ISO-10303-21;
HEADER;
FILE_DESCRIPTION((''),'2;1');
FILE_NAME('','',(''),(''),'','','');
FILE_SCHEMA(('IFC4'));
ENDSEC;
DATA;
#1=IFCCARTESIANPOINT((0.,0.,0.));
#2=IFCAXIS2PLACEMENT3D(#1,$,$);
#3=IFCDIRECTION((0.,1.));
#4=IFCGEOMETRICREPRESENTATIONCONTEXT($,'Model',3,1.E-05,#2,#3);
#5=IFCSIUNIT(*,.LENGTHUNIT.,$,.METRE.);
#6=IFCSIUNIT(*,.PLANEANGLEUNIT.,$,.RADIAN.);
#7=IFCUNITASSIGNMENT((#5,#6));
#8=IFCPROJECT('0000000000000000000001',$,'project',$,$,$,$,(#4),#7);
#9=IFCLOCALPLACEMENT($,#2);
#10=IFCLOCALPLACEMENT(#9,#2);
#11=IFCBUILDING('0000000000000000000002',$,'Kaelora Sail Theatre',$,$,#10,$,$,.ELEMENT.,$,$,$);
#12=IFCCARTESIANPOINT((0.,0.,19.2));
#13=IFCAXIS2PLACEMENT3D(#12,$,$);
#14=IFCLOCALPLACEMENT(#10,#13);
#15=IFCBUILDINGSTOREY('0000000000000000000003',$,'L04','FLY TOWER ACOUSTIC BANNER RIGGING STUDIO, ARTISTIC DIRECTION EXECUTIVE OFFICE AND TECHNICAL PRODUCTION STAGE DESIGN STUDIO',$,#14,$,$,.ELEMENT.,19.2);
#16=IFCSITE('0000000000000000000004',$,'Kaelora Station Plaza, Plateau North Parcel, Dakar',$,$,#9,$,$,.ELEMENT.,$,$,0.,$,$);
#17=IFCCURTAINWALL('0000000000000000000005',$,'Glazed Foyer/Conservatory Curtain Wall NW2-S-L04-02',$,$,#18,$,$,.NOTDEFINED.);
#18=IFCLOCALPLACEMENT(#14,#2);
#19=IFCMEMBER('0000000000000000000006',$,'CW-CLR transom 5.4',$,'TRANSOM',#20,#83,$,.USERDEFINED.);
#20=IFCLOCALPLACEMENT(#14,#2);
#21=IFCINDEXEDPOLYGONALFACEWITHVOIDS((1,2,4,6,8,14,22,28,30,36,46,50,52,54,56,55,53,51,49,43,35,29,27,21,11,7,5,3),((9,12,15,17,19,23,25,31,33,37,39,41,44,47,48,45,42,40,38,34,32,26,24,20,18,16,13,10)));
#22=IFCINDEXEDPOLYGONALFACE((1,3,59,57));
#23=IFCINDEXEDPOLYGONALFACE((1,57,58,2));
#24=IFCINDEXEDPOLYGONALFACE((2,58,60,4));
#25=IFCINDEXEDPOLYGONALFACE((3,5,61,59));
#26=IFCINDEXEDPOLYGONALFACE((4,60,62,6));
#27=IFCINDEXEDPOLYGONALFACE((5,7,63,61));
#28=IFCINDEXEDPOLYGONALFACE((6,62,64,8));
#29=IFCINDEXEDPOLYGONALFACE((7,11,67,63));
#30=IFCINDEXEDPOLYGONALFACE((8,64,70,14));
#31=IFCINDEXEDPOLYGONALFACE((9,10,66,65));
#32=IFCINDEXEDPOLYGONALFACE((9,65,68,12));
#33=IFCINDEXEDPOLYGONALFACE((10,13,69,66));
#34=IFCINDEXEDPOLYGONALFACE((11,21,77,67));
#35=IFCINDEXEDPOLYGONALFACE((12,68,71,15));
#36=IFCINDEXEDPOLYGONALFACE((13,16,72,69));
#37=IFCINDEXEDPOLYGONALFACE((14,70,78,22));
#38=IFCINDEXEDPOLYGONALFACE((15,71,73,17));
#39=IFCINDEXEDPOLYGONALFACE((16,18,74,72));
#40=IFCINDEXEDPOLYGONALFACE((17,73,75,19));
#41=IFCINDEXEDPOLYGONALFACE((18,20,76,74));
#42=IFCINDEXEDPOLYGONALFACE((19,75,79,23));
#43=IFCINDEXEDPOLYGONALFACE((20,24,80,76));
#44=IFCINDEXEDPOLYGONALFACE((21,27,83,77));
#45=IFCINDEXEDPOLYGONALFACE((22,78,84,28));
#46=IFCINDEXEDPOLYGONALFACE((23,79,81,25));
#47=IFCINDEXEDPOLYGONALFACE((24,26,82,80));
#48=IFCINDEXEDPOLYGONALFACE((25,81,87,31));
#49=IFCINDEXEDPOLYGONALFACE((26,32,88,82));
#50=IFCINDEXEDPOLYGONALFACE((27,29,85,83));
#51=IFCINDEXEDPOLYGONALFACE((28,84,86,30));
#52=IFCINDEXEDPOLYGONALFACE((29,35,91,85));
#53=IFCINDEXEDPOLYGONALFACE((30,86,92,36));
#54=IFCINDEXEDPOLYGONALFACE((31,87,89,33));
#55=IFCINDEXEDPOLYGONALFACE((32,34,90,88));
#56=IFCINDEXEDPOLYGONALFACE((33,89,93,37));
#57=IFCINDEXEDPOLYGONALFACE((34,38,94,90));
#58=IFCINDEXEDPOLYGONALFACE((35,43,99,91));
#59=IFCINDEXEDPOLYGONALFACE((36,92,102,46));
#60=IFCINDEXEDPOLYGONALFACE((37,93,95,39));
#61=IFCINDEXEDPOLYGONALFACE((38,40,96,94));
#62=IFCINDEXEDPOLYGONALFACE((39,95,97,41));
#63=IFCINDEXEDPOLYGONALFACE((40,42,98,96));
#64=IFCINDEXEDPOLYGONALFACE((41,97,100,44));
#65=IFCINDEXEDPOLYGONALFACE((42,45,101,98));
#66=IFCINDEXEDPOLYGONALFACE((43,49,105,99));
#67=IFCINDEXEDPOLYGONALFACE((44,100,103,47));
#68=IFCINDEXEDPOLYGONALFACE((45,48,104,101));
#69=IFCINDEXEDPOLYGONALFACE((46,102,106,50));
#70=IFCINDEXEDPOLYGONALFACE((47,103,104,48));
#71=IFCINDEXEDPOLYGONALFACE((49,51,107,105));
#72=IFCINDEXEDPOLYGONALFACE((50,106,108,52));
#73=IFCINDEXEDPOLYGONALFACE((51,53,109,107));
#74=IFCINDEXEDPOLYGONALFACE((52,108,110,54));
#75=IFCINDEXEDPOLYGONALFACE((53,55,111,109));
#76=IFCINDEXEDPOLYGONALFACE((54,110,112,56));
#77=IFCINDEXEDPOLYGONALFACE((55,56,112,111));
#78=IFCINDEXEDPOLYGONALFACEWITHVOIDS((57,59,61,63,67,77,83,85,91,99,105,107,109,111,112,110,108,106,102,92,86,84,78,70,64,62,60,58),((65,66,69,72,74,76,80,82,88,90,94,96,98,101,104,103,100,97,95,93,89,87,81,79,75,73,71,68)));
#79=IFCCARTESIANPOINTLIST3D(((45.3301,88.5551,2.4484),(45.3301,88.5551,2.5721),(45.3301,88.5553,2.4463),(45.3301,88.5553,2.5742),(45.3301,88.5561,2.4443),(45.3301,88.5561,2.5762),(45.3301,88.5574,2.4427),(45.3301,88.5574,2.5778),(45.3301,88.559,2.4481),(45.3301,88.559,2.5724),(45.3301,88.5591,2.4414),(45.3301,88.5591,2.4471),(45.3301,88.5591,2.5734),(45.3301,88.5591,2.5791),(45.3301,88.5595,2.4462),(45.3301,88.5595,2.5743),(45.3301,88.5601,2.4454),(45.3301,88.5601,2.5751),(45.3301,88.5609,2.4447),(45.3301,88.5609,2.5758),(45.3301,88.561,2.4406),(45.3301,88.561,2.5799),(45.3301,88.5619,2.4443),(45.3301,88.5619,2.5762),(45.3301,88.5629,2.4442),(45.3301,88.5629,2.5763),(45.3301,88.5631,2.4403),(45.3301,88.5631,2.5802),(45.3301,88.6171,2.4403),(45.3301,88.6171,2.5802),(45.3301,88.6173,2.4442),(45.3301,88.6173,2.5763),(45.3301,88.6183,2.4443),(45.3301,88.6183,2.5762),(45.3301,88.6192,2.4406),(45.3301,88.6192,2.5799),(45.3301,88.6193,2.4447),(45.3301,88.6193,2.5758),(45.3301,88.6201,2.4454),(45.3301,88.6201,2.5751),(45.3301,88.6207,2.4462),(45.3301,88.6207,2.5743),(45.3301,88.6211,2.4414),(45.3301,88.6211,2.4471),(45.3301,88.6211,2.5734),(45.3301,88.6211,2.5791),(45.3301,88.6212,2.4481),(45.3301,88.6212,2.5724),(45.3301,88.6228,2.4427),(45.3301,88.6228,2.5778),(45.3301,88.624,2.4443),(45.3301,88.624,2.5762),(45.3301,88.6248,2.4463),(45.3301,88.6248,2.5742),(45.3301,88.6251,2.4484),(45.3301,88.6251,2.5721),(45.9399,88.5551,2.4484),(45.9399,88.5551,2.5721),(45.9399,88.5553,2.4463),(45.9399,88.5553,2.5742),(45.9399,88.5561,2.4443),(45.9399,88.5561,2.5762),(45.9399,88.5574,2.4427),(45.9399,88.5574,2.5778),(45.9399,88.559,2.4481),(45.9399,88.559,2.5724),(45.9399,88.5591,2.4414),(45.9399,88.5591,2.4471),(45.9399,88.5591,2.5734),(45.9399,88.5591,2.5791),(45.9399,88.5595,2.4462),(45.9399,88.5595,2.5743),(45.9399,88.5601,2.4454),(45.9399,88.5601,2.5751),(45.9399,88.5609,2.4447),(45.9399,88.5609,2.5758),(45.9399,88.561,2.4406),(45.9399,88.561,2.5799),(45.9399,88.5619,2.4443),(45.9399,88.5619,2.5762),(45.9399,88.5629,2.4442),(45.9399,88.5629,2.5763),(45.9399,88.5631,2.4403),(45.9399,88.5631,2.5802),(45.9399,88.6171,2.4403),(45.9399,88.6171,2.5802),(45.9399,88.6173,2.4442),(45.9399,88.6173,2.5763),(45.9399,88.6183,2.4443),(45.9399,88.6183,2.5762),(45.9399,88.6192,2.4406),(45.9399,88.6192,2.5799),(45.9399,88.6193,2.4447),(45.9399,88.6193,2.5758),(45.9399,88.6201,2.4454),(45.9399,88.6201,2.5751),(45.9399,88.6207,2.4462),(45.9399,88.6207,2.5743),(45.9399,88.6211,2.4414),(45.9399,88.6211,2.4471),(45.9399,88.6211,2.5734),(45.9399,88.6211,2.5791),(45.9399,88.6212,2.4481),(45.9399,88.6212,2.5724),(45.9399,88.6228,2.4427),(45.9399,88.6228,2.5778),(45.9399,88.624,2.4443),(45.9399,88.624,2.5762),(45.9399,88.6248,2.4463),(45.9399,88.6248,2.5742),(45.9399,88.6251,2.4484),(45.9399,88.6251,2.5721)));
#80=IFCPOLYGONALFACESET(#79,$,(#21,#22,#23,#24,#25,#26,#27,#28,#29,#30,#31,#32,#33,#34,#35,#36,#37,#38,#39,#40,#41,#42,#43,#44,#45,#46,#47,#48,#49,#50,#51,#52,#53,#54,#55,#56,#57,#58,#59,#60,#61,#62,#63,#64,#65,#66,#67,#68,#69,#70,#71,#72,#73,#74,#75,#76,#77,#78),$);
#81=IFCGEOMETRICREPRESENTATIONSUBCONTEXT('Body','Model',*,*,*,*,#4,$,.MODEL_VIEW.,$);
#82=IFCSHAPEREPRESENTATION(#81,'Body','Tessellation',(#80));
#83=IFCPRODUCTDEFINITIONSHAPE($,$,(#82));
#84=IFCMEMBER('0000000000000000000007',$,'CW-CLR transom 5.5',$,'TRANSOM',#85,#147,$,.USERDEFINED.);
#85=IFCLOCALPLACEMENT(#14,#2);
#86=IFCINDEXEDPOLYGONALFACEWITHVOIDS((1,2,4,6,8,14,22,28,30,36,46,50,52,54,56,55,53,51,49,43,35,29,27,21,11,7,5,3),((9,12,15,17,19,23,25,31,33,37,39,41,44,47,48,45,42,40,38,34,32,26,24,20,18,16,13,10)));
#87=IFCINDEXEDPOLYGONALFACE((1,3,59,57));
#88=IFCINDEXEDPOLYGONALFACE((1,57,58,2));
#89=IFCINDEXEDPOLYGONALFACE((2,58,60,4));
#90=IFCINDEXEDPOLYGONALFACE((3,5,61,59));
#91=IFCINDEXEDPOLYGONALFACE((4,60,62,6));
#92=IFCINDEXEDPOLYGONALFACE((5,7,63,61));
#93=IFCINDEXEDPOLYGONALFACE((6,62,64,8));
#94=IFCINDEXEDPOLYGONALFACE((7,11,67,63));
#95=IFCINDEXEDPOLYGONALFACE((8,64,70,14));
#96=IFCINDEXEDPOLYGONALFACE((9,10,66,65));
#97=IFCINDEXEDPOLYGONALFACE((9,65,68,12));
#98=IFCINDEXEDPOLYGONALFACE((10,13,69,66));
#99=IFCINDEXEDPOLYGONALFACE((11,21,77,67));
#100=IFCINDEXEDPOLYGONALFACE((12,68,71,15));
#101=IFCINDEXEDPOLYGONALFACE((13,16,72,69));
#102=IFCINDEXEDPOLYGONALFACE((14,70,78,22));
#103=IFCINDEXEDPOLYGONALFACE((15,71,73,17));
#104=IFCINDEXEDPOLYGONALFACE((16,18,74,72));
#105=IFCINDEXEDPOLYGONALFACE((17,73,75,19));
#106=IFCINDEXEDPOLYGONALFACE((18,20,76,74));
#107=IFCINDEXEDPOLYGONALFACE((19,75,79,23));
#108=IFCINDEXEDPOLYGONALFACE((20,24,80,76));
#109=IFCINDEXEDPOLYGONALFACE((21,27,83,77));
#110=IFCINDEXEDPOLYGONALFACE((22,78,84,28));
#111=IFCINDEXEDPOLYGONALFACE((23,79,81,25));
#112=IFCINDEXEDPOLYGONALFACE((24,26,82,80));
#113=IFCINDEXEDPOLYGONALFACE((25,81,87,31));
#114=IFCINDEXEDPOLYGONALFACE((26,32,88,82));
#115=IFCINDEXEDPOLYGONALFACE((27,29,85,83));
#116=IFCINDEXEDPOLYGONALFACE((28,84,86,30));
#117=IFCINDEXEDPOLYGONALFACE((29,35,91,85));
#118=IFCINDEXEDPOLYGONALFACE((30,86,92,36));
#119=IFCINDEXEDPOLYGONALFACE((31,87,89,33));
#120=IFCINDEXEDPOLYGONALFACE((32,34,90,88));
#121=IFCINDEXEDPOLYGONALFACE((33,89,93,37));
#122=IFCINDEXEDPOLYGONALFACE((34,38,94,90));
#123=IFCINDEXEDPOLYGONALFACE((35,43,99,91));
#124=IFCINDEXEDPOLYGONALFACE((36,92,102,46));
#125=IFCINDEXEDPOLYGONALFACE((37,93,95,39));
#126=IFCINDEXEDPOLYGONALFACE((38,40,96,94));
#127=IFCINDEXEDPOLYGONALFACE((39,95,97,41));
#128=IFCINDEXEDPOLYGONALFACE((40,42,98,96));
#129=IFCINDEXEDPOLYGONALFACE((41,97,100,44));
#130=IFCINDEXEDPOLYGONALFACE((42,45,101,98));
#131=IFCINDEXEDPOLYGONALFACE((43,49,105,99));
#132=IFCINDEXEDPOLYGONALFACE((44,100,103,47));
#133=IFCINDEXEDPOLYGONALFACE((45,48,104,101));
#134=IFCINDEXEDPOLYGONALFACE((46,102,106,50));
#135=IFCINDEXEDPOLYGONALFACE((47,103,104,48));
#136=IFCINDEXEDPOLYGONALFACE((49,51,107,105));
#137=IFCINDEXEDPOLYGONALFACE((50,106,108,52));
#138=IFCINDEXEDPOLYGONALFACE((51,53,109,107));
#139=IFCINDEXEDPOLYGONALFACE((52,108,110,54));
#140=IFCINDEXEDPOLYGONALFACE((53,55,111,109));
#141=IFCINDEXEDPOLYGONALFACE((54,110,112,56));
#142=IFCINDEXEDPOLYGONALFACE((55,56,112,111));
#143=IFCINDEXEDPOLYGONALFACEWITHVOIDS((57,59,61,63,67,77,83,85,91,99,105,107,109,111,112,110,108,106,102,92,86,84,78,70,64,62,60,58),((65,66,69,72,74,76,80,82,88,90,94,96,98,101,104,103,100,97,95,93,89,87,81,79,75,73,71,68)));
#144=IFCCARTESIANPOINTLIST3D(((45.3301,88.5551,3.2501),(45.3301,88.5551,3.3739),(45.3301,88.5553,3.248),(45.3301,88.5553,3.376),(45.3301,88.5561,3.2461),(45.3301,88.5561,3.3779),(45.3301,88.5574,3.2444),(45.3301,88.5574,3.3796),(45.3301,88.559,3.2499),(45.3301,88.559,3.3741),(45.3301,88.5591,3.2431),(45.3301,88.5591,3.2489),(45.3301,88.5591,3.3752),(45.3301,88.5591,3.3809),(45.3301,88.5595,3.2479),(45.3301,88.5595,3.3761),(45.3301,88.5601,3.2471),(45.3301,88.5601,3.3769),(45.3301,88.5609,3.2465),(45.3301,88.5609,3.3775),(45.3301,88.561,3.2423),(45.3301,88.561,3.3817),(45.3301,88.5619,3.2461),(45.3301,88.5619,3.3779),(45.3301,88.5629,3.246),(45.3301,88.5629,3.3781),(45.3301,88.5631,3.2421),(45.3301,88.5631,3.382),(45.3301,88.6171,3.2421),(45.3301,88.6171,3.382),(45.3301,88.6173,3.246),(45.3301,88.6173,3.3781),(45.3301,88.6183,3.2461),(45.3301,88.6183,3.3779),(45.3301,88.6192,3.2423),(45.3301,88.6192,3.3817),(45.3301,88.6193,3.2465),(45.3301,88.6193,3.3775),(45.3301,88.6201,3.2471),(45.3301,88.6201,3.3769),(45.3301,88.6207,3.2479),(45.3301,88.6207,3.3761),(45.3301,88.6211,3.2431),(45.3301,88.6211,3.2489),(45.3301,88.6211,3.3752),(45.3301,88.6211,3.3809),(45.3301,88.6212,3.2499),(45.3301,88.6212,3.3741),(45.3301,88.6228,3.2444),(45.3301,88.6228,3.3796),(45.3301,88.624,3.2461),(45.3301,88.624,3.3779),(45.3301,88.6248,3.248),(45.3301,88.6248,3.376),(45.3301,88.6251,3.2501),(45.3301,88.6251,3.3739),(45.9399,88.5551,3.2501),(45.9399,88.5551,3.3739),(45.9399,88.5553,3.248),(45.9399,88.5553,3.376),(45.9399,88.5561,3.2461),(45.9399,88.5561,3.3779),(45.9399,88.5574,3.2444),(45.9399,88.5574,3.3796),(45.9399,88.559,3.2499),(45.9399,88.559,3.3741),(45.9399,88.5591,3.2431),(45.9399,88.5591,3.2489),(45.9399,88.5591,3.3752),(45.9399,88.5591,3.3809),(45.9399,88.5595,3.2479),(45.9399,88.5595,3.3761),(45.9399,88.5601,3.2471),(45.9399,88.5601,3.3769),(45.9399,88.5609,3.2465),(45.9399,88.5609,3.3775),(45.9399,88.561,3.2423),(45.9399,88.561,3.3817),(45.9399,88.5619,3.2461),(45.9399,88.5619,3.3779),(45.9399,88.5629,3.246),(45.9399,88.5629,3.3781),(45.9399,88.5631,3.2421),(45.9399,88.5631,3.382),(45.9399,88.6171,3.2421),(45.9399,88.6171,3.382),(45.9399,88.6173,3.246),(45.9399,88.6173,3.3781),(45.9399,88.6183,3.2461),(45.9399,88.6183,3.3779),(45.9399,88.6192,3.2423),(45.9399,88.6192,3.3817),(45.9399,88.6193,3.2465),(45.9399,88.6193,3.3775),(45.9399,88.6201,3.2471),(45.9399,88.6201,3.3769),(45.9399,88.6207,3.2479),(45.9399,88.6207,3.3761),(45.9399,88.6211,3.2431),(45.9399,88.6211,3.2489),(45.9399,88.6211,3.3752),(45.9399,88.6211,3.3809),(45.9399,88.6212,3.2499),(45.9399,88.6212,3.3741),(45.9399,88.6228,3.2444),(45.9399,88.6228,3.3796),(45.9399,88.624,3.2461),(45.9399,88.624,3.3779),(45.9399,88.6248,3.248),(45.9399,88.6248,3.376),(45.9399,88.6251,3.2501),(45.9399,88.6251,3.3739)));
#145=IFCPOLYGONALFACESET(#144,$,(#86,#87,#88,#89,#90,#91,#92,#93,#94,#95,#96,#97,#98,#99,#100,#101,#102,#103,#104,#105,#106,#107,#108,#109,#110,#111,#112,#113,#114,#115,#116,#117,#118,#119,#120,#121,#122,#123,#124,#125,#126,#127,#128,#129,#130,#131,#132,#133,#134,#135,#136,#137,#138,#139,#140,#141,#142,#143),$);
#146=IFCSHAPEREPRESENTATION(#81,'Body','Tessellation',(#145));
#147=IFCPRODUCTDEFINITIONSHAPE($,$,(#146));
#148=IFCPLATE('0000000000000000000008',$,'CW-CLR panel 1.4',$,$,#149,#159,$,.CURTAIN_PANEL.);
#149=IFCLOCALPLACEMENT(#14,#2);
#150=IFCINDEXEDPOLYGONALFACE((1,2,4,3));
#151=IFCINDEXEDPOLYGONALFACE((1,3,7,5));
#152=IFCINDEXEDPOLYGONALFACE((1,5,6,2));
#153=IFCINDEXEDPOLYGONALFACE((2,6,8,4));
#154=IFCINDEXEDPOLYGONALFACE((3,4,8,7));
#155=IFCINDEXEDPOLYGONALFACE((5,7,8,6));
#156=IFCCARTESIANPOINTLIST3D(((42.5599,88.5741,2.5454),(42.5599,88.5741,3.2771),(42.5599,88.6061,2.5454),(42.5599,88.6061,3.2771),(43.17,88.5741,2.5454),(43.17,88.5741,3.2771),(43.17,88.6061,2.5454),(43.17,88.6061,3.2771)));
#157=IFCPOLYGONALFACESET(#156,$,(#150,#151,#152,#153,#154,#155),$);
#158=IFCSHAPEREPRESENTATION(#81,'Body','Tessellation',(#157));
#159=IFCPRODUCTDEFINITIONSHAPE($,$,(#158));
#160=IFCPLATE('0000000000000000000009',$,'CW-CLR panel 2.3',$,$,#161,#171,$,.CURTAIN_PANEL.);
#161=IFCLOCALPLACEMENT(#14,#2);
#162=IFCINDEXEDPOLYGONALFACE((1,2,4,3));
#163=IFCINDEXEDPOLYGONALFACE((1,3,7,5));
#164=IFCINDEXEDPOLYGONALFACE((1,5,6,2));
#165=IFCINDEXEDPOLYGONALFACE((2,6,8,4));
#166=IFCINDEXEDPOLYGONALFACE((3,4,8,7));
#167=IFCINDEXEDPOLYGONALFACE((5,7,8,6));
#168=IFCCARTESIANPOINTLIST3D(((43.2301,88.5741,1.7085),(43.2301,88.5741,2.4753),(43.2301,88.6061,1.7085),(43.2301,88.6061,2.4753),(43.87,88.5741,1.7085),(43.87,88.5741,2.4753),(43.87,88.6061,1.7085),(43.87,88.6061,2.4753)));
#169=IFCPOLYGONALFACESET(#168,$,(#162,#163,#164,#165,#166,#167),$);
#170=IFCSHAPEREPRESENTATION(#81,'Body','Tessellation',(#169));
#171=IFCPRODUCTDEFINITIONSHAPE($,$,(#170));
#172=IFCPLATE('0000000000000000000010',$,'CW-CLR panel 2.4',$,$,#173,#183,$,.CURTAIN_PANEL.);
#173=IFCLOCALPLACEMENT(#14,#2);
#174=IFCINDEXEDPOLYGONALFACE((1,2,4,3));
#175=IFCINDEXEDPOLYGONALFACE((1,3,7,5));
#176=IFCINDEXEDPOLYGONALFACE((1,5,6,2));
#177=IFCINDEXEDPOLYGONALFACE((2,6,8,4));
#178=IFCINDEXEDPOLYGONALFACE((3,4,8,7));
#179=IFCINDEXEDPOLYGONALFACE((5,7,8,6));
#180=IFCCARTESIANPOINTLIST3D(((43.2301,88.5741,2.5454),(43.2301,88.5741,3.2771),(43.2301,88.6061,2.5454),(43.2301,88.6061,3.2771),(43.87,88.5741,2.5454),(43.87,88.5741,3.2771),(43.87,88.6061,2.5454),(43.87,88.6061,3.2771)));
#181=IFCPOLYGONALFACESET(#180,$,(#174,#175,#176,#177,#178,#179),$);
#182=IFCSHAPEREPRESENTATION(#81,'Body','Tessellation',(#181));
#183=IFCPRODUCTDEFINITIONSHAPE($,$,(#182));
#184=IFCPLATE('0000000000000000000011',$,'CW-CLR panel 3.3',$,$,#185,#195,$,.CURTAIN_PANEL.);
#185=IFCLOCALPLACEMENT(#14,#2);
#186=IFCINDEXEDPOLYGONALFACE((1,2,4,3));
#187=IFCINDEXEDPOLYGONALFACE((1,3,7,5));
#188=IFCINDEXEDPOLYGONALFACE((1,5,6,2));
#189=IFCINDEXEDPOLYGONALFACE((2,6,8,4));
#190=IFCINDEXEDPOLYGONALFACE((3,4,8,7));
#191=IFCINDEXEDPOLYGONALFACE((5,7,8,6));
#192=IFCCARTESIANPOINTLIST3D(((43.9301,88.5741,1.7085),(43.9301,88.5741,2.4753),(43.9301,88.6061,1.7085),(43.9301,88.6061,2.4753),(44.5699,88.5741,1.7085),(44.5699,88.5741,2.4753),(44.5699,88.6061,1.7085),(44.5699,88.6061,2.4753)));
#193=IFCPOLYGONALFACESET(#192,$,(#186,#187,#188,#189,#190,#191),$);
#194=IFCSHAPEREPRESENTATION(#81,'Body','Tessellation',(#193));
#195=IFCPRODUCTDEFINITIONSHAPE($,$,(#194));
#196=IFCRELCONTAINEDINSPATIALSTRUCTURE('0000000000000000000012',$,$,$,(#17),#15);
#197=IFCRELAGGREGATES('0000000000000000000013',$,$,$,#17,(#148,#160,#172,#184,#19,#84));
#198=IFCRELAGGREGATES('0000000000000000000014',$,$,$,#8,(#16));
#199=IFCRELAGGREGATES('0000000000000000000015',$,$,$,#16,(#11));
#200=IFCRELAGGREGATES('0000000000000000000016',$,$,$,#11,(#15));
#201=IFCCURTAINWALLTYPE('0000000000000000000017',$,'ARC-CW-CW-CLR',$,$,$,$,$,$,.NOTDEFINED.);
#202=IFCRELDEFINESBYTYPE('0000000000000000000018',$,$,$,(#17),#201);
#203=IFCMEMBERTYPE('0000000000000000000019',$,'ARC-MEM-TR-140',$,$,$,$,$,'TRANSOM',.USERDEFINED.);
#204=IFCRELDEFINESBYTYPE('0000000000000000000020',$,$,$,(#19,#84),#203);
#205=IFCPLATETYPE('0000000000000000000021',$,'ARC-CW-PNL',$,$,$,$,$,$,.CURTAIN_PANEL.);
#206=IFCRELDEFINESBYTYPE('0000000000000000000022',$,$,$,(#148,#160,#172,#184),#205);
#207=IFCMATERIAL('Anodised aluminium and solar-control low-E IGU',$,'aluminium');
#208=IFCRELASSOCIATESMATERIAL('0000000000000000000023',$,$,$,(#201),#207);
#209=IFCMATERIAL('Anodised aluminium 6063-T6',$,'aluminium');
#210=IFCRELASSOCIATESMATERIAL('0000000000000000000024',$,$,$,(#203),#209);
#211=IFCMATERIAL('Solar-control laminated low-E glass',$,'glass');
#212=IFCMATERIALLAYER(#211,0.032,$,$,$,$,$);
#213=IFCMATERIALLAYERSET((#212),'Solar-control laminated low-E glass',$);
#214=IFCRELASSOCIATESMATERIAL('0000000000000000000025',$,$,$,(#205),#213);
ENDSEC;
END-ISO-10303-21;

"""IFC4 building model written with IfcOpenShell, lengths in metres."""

from ifc_helpers import new_model, si_unit, direction, frame, origin, origin_2d, place, context, subcontext, project, spatial, rectangle, hollow_rectangle, extrude, material, layer, layer_set, material_profile, profile_set, type_object, element, aggregate, save


model = new_model("IFC4")

# Units and contexts
model_context = context("Model", 3, precision=1e-05, world=origin(), true_north=direction((0.0, 1.0)))
body_context = subcontext(model_context, "Body", "Model", "MODEL_VIEW")
ifc_project = project(units=[si_unit("LENGTHUNIT", "METRE"), si_unit("PLANEANGLEUNIT", "RADIAN")], contexts=[model_context])

# Site, building, storey
site_placement = place(None, origin())
site = spatial("IfcSite", under=ifc_project, at=site_placement, Name="Kaelora Station Plaza, Plateau North Parcel, Dakar", CompositionType="ELEMENT", RefElevation=0.0)
building_placement = place(site_placement, origin())
building = spatial("IfcBuilding", under=site, at=building_placement, Name="Kaelora Sail Theatre", CompositionType="ELEMENT")
storey_placement = place(building_placement, frame((0.0, 0.0, 19.2)))
storey = spatial("IfcBuildingStorey", under=building, at=storey_placement, Name="L04", Description="FLY TOWER ACOUSTIC BANNER RIGGING STUDIO, ARTISTIC DIRECTION EXECUTIVE OFFICE AND TECHNICAL PRODUCTION STAGE DESIGN STUDIO", CompositionType="ELEMENT", Elevation=19.2)

# Curtain wall, members, plates
ifc_material_1 = material(Name="Anodised aluminium and solar-control low-E IGU", Category="aluminium")
curtain_wall_type = type_object("IfcCurtainWallType", Name="ARC-CW-CW-CLR", PredefinedType="NOTDEFINED", material=ifc_material_1)
curtain_wall_placement = place(storey_placement, origin())
curtain_wall = element("IfcCurtainWall", 1, at=curtain_wall_placement, inside=storey, type_object=curtain_wall_type, Name="Glazed Foyer/Conservatory Curtain Wall NW2-S-L04-02", PredefinedType="NOTDEFINED")
ifc_material_2 = material(Name="Anodised aluminium 6063-T6", Category="aluminium")
ifc_material_profile = material_profile(ifc_material_2, hollow_rectangle(XDim=0.0701, YDim=0.1399, WallThickness=0.0039, InnerFilletRadius=0.0039, OuterFilletRadius=0.0081, at=origin_2d()), Name="ALU-TRAN 70x140x4")
ifc_profile_set = profile_set([ifc_material_profile], Name="Anodised aluminium 6063-T6")
member_type = type_object("IfcMemberType", Name="ARC-MEM-TR-140", ElementType="TRANSOM", PredefinedType="USERDEFINED", material=ifc_profile_set)
member_1_placement = place(storey_placement, frame((45.3301, 88.5901, 2.5103), z_axis=(1.0, 0.0, 0.0), x_axis=(0.0, 1.0, 0.0)))
member_1 = element("IfcMember", 2, at=member_1_placement, type_object=member_type, Name="CW-CLR transom 5.4", ObjectType="TRANSOM", PredefinedType="USERDEFINED", context=body_context, shape_type="SweptSolid", body=[
    extrude(hollow_rectangle(XDim=0.0701, YDim=0.1399, WallThickness=0.0039, InnerFilletRadius=0.0039, OuterFilletRadius=0.0081, at=origin_2d()), origin(), (0.0, 0.0, 1.0), 0.6099),
])
member_2_placement = place(storey_placement, frame((45.3301, 88.5901, 3.312), z_axis=(1.0, 0.0, 0.0), x_axis=(0.0, 1.0, 0.0)))
member_2 = element("IfcMember", 3, at=member_2_placement, type_object=member_type, Name="CW-CLR transom 5.5", ObjectType="TRANSOM", PredefinedType="USERDEFINED", context=body_context, shape_type="SweptSolid", body=[
    extrude(hollow_rectangle(XDim=0.0701, YDim=0.1399, WallThickness=0.0039, InnerFilletRadius=0.0039, OuterFilletRadius=0.0081, at=origin_2d()), origin(), (0.0, 0.0, 1.0), 0.6099),
])
ifc_material_3 = material(Name="Solar-control laminated low-E glass", Category="glass")
ifc_layer = layer(ifc_material_3, 0.032)
ifc_layer_set = layer_set([ifc_layer], Name="Solar-control laminated low-E glass")
plate_type = type_object("IfcPlateType", Name="ARC-CW-PNL", PredefinedType="CURTAIN_PANEL", material=ifc_layer_set)
plate_1_placement = place(storey_placement, frame((42.865, 88.5901, 2.5454), z_axis=(0.0, 0.0, 1.0), x_axis=(1.0, 0.0, 0.0)))
plate_1 = element("IfcPlate", 4, at=plate_1_placement, type_object=plate_type, Name="CW-CLR panel 1.4", PredefinedType="CURTAIN_PANEL", context=body_context, shape_type="SweptSolid", body=[
    extrude(rectangle(XDim=0.6101, YDim=0.032, at=origin_2d()), origin(), (0.0, 0.0, 1.0), 0.7317),
])
plate_2_placement = place(storey_placement, frame((43.55, 88.5901, 1.7085), z_axis=(0.0, 0.0, 1.0), x_axis=(1.0, 0.0, 0.0)))
plate_2 = element("IfcPlate", 5, at=plate_2_placement, type_object=plate_type, Name="CW-CLR panel 2.3", PredefinedType="CURTAIN_PANEL", context=body_context, shape_type="SweptSolid", body=[
    extrude(rectangle(XDim=0.6399, YDim=0.032, at=origin_2d()), origin(), (0.0, 0.0, 1.0), 0.7668),
])
plate_3_placement = place(storey_placement, frame((43.55, 88.5901, 2.5454), z_axis=(0.0, 0.0, 1.0), x_axis=(1.0, 0.0, 0.0)))
plate_3 = element("IfcPlate", 6, at=plate_3_placement, type_object=plate_type, Name="CW-CLR panel 2.4", PredefinedType="CURTAIN_PANEL", context=body_context, shape_type="SweptSolid", body=[
    extrude(rectangle(XDim=0.6399, YDim=0.032, at=origin_2d()), origin(), (0.0, 0.0, 1.0), 0.7317),
])
plate_4_placement = place(storey_placement, frame((44.25, 88.5901, 1.7085), z_axis=(0.0, 0.0, 1.0), x_axis=(1.0, 0.0, 0.0)))
plate_4 = element("IfcPlate", 7, at=plate_4_placement, type_object=plate_type, Name="CW-CLR panel 3.3", PredefinedType="CURTAIN_PANEL", context=body_context, shape_type="SweptSolid", body=[
    extrude(rectangle(XDim=0.6399, YDim=0.032, at=origin_2d()), origin(), (0.0, 0.0, 1.0), 0.7668),
])
aggregate(curtain_wall, [plate_1, plate_2, plate_3, plate_4, member_1, member_2])

save(model, "model.ifc")
